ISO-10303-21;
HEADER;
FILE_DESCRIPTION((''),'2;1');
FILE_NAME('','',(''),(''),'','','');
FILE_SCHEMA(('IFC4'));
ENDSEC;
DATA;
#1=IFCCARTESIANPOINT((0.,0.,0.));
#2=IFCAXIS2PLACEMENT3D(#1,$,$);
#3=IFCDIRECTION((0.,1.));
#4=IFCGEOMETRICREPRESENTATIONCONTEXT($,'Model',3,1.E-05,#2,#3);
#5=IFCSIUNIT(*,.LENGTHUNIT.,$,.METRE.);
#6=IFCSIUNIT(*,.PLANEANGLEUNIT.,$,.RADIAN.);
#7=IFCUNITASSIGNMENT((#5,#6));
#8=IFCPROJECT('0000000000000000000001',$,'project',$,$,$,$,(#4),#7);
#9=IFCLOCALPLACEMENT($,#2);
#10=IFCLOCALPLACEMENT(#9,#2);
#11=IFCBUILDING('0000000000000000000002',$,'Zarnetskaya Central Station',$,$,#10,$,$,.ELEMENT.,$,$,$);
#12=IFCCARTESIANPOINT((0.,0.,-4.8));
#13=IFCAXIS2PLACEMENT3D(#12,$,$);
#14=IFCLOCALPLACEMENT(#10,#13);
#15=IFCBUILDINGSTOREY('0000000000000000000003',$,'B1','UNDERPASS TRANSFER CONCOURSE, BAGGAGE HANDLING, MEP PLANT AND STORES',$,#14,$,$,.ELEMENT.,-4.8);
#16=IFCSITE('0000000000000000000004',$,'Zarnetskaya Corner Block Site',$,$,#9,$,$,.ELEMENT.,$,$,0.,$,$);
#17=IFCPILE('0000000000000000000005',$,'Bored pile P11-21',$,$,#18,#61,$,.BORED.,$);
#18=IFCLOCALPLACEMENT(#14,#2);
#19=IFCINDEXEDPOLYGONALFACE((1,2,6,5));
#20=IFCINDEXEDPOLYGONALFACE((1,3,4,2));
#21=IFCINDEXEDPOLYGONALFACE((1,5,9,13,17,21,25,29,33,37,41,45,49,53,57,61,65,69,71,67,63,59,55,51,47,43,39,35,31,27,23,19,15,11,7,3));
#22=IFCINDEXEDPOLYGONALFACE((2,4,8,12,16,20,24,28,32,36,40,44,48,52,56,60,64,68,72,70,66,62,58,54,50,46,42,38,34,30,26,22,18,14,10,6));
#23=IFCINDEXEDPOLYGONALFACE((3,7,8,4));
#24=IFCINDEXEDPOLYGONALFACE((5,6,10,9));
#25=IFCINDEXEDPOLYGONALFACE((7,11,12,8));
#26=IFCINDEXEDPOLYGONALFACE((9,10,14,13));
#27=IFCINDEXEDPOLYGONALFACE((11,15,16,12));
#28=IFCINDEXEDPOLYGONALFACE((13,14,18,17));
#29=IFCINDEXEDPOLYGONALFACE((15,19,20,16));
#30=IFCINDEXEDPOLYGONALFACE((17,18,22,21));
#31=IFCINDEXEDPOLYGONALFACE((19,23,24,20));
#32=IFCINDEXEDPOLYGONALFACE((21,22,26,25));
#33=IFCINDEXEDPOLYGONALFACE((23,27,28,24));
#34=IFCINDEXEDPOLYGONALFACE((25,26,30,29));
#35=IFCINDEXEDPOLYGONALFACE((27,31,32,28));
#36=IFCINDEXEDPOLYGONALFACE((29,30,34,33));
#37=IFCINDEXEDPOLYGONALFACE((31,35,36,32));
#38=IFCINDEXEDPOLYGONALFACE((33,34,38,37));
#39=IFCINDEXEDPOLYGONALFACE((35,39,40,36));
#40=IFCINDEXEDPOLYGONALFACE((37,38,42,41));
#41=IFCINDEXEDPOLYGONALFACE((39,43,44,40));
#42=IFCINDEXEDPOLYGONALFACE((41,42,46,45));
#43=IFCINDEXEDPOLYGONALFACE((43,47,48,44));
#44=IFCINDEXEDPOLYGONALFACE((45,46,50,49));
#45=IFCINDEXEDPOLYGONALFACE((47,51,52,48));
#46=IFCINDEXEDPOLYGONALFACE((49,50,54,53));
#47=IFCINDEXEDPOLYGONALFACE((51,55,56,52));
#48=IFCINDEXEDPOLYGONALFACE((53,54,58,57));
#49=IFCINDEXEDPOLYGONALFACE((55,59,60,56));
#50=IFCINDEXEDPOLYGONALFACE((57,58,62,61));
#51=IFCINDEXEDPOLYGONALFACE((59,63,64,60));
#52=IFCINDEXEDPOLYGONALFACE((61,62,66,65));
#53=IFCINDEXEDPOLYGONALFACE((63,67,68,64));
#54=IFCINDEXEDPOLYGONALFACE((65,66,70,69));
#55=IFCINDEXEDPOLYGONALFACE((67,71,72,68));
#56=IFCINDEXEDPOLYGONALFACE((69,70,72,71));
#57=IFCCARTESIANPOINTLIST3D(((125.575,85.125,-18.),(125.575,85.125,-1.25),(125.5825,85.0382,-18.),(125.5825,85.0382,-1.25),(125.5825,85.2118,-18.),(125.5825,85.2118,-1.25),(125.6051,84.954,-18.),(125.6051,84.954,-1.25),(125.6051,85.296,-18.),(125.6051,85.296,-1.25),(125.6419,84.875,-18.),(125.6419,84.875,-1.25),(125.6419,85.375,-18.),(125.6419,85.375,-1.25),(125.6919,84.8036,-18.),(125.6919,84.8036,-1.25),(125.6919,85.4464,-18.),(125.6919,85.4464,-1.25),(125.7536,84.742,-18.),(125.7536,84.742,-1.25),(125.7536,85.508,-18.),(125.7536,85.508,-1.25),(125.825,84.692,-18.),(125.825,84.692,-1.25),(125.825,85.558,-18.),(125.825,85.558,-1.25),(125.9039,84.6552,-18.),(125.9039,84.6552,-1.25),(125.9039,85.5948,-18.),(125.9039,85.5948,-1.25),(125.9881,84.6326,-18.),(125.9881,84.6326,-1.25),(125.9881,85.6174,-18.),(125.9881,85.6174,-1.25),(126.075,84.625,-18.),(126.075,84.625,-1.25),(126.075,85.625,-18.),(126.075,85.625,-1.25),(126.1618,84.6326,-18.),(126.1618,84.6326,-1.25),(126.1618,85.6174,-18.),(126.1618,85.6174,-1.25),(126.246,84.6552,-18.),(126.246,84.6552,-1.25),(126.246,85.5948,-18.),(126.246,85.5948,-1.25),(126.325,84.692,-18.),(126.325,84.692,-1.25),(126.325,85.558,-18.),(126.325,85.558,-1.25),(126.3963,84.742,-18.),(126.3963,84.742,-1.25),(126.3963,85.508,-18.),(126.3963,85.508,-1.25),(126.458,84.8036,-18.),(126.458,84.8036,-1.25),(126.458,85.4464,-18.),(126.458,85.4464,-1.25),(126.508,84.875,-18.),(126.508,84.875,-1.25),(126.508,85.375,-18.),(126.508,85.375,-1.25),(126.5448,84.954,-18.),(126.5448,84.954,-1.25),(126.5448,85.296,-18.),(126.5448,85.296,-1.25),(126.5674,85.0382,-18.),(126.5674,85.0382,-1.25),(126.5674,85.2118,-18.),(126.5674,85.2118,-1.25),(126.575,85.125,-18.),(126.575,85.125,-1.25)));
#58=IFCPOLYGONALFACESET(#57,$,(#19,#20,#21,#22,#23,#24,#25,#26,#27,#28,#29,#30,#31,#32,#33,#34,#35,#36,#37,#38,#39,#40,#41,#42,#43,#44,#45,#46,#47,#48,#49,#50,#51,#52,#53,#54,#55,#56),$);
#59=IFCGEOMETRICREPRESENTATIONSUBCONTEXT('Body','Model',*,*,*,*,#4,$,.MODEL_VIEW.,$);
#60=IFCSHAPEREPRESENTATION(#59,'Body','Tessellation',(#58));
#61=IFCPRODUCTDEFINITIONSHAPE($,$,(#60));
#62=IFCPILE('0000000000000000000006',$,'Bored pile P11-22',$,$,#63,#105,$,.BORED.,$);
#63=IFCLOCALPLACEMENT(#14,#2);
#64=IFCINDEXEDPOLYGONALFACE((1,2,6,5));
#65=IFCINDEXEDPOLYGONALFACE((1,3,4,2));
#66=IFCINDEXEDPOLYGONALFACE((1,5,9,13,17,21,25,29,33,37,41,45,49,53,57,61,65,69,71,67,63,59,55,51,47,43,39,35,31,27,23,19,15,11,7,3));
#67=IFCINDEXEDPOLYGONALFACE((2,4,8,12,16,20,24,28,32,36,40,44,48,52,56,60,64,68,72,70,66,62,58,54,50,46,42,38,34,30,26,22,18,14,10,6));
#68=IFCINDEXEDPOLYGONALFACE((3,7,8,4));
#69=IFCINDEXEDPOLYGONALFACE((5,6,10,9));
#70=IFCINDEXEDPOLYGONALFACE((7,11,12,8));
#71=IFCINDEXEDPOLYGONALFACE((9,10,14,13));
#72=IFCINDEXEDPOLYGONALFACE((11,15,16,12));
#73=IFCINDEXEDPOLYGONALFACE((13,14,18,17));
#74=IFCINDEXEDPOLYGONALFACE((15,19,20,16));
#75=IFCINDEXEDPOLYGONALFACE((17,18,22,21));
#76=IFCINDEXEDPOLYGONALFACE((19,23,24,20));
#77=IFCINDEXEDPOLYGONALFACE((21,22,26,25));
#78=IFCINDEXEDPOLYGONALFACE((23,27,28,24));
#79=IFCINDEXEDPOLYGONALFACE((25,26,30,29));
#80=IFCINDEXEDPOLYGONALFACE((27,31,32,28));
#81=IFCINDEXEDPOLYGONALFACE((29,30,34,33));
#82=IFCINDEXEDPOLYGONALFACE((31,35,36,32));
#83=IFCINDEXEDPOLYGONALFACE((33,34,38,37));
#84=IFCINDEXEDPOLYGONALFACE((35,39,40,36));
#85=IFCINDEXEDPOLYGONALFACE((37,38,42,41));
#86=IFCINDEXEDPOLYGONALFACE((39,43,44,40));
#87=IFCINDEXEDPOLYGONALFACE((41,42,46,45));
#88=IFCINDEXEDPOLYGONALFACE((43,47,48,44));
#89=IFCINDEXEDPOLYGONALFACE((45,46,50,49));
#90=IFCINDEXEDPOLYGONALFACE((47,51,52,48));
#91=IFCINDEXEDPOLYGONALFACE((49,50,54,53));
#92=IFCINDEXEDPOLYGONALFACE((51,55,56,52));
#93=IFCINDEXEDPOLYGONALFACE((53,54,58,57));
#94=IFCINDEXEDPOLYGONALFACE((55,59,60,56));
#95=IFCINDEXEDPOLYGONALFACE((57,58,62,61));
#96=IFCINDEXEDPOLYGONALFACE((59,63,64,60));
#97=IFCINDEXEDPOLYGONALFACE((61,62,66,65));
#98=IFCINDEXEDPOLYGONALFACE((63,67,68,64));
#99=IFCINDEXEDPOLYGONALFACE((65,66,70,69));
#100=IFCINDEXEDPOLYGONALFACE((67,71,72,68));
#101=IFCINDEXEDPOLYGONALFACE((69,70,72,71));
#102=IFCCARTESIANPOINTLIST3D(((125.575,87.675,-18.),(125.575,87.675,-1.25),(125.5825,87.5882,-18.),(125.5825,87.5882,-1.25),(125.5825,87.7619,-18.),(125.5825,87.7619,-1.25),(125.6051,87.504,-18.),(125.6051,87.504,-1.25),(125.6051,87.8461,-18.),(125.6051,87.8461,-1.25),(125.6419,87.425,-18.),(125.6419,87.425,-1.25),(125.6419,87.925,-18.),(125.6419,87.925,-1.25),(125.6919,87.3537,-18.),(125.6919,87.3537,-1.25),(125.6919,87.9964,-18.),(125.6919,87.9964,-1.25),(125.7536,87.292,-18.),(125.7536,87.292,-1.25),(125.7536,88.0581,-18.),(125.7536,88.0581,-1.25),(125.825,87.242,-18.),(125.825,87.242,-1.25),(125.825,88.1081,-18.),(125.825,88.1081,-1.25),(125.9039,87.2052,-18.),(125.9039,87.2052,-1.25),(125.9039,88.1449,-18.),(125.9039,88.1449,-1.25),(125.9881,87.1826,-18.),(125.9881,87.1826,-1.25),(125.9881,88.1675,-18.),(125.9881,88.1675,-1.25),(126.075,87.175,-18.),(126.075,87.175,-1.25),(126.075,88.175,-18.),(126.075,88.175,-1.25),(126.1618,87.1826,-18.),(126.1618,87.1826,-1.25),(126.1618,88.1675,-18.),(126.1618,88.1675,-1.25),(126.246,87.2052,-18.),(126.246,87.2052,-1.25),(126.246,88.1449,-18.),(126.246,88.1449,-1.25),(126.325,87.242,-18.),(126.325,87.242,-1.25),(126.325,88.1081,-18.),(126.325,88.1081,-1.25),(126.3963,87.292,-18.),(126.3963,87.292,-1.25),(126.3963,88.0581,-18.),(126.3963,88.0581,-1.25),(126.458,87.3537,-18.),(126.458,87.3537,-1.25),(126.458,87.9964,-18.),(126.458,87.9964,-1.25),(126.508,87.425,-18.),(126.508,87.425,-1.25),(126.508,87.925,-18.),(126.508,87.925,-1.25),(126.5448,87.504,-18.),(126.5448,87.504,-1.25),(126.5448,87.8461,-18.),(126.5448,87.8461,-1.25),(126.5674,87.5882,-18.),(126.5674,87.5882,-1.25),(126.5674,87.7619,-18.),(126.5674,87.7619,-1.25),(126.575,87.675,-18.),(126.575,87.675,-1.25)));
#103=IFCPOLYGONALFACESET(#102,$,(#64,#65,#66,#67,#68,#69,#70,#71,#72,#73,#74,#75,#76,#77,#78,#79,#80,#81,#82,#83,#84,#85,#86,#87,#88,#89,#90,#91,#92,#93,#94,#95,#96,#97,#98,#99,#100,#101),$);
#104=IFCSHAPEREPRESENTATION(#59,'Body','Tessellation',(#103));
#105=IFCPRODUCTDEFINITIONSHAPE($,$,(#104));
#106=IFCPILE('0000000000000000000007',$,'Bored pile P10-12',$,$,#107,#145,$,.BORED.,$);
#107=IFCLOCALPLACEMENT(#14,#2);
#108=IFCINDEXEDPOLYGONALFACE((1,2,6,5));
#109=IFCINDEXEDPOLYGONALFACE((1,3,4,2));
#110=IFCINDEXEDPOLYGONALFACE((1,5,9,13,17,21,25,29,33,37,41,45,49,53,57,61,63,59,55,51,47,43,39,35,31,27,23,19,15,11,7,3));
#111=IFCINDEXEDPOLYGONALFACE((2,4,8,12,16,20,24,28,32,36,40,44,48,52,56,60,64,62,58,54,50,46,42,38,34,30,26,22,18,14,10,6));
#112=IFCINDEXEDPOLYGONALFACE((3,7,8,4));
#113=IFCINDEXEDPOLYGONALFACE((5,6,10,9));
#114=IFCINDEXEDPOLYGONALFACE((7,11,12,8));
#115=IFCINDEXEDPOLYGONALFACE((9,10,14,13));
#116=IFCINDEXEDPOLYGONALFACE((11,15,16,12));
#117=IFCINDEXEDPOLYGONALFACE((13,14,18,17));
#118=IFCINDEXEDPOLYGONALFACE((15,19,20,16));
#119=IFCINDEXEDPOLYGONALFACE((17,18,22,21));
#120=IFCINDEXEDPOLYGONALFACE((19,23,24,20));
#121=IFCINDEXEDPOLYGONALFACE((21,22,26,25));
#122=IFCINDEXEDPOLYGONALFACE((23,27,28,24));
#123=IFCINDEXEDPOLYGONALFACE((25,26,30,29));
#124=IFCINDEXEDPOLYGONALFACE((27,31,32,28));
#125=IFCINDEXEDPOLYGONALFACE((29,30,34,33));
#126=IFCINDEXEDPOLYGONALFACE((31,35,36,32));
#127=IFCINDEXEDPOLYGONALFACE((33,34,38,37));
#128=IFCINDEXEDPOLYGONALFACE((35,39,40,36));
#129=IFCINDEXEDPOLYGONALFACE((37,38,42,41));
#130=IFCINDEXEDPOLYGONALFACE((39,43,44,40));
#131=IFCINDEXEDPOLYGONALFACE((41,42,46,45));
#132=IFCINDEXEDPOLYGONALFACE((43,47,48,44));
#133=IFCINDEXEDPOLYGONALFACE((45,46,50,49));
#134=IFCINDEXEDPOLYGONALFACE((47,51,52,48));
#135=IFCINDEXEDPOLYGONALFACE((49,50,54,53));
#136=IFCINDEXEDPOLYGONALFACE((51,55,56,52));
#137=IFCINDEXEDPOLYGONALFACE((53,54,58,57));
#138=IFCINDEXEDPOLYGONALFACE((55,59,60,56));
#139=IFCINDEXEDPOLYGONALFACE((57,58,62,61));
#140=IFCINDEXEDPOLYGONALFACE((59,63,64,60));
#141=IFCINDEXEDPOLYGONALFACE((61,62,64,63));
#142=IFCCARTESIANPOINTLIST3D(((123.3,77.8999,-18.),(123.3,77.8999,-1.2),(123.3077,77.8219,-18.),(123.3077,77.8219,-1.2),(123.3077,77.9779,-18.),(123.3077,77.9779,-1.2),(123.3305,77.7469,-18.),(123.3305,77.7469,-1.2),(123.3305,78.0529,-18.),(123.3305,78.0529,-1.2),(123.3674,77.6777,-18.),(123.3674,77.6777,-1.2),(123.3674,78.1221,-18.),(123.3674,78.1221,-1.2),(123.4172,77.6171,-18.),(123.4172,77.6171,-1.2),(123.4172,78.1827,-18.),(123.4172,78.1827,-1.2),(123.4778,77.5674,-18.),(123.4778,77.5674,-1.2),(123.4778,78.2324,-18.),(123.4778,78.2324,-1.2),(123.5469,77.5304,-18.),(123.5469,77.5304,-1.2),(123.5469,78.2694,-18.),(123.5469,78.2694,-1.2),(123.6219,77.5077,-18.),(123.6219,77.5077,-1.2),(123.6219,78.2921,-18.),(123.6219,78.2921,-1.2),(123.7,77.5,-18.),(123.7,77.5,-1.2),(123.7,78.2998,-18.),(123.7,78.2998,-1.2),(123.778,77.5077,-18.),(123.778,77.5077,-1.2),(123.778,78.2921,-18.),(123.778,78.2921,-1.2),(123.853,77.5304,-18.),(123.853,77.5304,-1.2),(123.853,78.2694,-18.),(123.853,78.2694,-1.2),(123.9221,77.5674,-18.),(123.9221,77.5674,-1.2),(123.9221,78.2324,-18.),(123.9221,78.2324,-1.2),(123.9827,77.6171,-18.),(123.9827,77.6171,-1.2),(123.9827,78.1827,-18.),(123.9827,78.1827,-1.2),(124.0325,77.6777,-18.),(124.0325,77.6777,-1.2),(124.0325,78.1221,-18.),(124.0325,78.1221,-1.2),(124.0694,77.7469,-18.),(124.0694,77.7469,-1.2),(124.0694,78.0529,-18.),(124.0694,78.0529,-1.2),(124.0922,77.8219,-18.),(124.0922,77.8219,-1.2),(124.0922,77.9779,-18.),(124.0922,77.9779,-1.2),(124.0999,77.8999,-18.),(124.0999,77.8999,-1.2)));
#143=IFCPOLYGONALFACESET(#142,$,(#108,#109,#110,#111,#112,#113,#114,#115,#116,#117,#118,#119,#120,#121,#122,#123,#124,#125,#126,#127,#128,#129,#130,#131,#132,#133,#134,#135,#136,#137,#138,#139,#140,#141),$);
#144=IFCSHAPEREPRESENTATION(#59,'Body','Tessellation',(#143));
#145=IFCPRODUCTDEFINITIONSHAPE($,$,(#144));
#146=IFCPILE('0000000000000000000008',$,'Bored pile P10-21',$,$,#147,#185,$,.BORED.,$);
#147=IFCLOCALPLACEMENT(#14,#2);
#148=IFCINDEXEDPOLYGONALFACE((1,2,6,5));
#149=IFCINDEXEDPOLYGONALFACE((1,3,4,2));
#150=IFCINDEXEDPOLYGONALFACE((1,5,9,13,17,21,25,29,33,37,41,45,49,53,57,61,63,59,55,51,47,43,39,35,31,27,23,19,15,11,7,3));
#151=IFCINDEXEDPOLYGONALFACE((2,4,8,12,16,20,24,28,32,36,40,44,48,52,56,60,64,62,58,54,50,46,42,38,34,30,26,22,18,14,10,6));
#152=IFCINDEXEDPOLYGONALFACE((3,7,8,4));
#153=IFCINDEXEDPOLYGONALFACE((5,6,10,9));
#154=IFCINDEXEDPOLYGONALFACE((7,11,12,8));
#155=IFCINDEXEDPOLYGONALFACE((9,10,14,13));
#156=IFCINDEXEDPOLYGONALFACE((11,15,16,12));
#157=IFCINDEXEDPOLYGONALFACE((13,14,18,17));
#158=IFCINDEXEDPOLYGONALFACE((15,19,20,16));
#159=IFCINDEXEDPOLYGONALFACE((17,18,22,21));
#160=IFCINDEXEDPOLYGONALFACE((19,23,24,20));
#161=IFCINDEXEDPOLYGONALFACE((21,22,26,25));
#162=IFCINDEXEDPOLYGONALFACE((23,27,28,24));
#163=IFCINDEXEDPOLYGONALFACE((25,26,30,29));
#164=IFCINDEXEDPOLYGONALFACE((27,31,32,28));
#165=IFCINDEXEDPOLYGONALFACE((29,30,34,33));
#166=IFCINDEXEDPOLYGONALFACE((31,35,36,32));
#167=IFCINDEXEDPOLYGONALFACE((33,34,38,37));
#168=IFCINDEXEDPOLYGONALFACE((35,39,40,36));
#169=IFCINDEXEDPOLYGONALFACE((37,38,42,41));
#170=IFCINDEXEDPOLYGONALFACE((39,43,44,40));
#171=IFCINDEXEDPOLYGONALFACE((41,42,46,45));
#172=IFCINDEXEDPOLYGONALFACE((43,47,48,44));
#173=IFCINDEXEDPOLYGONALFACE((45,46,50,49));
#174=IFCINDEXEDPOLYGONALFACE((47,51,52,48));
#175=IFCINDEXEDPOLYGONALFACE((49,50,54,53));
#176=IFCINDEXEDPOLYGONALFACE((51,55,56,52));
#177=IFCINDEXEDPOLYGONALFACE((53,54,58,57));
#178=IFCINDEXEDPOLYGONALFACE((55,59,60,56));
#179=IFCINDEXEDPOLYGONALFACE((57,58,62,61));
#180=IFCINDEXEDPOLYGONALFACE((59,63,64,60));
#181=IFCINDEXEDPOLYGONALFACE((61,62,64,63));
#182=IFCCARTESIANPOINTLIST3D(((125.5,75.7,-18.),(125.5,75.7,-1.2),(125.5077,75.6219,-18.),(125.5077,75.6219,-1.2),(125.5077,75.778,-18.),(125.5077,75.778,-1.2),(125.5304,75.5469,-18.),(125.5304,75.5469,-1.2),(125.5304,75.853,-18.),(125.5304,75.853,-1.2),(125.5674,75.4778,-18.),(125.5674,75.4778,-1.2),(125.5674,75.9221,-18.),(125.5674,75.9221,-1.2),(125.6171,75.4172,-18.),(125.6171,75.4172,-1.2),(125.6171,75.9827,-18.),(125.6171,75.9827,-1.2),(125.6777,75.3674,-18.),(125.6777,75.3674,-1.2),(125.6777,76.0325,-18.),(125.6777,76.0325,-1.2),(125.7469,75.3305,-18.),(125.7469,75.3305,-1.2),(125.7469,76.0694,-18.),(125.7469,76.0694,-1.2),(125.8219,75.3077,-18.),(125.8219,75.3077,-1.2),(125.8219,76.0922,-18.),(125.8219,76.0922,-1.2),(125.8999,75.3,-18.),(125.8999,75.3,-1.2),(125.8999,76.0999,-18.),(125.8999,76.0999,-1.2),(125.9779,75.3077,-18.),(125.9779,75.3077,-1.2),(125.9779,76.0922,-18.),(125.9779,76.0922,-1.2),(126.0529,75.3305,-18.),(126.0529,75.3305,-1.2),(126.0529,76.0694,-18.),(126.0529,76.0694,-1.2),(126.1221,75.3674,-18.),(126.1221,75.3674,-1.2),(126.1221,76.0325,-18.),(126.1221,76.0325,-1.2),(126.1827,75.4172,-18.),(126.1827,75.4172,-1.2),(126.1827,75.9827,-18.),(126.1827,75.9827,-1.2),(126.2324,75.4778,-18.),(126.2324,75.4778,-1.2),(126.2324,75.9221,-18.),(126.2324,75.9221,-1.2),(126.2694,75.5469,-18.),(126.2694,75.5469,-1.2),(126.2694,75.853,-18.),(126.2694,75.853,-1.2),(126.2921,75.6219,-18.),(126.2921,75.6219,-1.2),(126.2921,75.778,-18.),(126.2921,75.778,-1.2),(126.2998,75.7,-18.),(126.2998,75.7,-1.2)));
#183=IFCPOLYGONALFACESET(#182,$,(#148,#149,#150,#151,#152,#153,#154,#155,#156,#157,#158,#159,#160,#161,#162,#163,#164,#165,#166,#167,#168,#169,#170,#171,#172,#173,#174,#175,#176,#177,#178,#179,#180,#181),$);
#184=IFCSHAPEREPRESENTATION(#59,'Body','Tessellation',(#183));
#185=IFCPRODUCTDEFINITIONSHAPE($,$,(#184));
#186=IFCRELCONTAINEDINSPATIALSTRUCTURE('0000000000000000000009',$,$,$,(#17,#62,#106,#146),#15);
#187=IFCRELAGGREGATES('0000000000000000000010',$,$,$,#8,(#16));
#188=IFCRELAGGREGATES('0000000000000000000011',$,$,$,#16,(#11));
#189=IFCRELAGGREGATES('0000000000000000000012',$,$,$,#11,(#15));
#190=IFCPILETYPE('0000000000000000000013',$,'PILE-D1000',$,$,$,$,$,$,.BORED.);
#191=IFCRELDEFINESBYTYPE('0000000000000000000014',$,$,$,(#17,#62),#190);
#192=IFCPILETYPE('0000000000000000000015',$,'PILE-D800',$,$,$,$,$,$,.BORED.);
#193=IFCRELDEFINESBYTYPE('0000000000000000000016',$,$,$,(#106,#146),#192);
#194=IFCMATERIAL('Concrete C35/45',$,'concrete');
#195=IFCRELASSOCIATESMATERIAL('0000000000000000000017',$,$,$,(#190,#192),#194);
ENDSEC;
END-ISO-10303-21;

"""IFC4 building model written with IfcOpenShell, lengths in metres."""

from ifc_helpers import new_model, si_unit, direction, frame, origin, origin_2d, place, context, subcontext, project, spatial, circle, extrude, material, material_profile, profile_set, type_object, element, save


model = new_model("IFC4")

# Units and contexts
model_context = context("Model", 3, precision=1e-05, world=origin(), true_north=direction((0.0, 1.0)))
body_context = subcontext(model_context, "Body", "Model", "MODEL_VIEW")
ifc_project = project(units=[si_unit("LENGTHUNIT", "METRE"), si_unit("PLANEANGLEUNIT", "RADIAN")], contexts=[model_context])

# Site, building, storey
site_placement = place(None, origin())
site = spatial("IfcSite", under=ifc_project, at=site_placement, Name="Zarnetskaya Corner Block Site", CompositionType="ELEMENT", RefElevation=0.0)
building_placement = place(site_placement, origin())
building = spatial("IfcBuilding", under=site, at=building_placement, Name="Zarnetskaya Central Station", CompositionType="ELEMENT")
storey_placement = place(building_placement, frame((0.0, 0.0, -4.8)))
storey = spatial("IfcBuildingStorey", under=building, at=storey_placement, Name="B1", Description="UNDERPASS TRANSFER CONCOURSE, BAGGAGE HANDLING, MEP PLANT AND STORES", CompositionType="ELEMENT", Elevation=-4.8)

# Shared definitions
ifc_material = material(Name="Concrete C35/45", Category="concrete")

# Piles
ifc_material_profile_1 = material_profile(ifc_material, circle(Radius=0.5, at=origin_2d()), Name="BORED PILE D1000")
ifc_profile_set_1 = profile_set([ifc_material_profile_1], Name="Concrete C35/45")
pile_type_1 = type_object("IfcPileType", Name="PILE-D1000", PredefinedType="BORED", material=ifc_profile_set_1)
for number, where, z_axis, x_axis, name in (
    (1, (126.075, 85.125, -1.25), (0.0, 0.0, -1.0), (1.0, 0.0, 0.0), "Bored pile P11-21"),
    (2, (126.075, 87.675, -1.25), (0.0, 0.0, -1.0), (1.0, 0.0, 0.0), "Bored pile P11-22"),
):
    element("IfcPile", number, at=place(storey_placement, frame(where, z_axis=z_axis, x_axis=x_axis)), inside=storey, type_object=pile_type_1, Name=name, PredefinedType="BORED", context=body_context, shape_type="SweptSolid", body=[
        extrude(circle(Radius=0.5, at=origin_2d()), origin(), (0.0, 0.0, 1.0), 16.75),
    ])
ifc_material_profile_2 = material_profile(ifc_material, circle(Radius=0.3999, at=origin_2d()), Name="BORED PILE D800")
ifc_profile_set_2 = profile_set([ifc_material_profile_2], Name="Concrete C35/45")
pile_type_2 = type_object("IfcPileType", Name="PILE-D800", PredefinedType="BORED", material=ifc_profile_set_2)
for number, where, z_axis, x_axis, name in (
    (3, (123.7, 77.8999, -1.2), (0.0, 0.0, -1.0), (1.0, 0.0, 0.0), "Bored pile P10-12"),
    (4, (125.8999, 75.7, -1.2), (0.0, 0.0, -1.0), (1.0, 0.0, 0.0), "Bored pile P10-21"),
):
    element("IfcPile", number, at=place(storey_placement, frame(where, z_axis=z_axis, x_axis=x_axis)), inside=storey, type_object=pile_type_2, Name=name, PredefinedType="BORED", context=body_context, shape_type="SweptSolid", body=[
        extrude(circle(Radius=0.3999, at=origin_2d()), origin(), (0.0, 0.0, 1.0), 16.8),
    ])

save(model, "model.ifc")
